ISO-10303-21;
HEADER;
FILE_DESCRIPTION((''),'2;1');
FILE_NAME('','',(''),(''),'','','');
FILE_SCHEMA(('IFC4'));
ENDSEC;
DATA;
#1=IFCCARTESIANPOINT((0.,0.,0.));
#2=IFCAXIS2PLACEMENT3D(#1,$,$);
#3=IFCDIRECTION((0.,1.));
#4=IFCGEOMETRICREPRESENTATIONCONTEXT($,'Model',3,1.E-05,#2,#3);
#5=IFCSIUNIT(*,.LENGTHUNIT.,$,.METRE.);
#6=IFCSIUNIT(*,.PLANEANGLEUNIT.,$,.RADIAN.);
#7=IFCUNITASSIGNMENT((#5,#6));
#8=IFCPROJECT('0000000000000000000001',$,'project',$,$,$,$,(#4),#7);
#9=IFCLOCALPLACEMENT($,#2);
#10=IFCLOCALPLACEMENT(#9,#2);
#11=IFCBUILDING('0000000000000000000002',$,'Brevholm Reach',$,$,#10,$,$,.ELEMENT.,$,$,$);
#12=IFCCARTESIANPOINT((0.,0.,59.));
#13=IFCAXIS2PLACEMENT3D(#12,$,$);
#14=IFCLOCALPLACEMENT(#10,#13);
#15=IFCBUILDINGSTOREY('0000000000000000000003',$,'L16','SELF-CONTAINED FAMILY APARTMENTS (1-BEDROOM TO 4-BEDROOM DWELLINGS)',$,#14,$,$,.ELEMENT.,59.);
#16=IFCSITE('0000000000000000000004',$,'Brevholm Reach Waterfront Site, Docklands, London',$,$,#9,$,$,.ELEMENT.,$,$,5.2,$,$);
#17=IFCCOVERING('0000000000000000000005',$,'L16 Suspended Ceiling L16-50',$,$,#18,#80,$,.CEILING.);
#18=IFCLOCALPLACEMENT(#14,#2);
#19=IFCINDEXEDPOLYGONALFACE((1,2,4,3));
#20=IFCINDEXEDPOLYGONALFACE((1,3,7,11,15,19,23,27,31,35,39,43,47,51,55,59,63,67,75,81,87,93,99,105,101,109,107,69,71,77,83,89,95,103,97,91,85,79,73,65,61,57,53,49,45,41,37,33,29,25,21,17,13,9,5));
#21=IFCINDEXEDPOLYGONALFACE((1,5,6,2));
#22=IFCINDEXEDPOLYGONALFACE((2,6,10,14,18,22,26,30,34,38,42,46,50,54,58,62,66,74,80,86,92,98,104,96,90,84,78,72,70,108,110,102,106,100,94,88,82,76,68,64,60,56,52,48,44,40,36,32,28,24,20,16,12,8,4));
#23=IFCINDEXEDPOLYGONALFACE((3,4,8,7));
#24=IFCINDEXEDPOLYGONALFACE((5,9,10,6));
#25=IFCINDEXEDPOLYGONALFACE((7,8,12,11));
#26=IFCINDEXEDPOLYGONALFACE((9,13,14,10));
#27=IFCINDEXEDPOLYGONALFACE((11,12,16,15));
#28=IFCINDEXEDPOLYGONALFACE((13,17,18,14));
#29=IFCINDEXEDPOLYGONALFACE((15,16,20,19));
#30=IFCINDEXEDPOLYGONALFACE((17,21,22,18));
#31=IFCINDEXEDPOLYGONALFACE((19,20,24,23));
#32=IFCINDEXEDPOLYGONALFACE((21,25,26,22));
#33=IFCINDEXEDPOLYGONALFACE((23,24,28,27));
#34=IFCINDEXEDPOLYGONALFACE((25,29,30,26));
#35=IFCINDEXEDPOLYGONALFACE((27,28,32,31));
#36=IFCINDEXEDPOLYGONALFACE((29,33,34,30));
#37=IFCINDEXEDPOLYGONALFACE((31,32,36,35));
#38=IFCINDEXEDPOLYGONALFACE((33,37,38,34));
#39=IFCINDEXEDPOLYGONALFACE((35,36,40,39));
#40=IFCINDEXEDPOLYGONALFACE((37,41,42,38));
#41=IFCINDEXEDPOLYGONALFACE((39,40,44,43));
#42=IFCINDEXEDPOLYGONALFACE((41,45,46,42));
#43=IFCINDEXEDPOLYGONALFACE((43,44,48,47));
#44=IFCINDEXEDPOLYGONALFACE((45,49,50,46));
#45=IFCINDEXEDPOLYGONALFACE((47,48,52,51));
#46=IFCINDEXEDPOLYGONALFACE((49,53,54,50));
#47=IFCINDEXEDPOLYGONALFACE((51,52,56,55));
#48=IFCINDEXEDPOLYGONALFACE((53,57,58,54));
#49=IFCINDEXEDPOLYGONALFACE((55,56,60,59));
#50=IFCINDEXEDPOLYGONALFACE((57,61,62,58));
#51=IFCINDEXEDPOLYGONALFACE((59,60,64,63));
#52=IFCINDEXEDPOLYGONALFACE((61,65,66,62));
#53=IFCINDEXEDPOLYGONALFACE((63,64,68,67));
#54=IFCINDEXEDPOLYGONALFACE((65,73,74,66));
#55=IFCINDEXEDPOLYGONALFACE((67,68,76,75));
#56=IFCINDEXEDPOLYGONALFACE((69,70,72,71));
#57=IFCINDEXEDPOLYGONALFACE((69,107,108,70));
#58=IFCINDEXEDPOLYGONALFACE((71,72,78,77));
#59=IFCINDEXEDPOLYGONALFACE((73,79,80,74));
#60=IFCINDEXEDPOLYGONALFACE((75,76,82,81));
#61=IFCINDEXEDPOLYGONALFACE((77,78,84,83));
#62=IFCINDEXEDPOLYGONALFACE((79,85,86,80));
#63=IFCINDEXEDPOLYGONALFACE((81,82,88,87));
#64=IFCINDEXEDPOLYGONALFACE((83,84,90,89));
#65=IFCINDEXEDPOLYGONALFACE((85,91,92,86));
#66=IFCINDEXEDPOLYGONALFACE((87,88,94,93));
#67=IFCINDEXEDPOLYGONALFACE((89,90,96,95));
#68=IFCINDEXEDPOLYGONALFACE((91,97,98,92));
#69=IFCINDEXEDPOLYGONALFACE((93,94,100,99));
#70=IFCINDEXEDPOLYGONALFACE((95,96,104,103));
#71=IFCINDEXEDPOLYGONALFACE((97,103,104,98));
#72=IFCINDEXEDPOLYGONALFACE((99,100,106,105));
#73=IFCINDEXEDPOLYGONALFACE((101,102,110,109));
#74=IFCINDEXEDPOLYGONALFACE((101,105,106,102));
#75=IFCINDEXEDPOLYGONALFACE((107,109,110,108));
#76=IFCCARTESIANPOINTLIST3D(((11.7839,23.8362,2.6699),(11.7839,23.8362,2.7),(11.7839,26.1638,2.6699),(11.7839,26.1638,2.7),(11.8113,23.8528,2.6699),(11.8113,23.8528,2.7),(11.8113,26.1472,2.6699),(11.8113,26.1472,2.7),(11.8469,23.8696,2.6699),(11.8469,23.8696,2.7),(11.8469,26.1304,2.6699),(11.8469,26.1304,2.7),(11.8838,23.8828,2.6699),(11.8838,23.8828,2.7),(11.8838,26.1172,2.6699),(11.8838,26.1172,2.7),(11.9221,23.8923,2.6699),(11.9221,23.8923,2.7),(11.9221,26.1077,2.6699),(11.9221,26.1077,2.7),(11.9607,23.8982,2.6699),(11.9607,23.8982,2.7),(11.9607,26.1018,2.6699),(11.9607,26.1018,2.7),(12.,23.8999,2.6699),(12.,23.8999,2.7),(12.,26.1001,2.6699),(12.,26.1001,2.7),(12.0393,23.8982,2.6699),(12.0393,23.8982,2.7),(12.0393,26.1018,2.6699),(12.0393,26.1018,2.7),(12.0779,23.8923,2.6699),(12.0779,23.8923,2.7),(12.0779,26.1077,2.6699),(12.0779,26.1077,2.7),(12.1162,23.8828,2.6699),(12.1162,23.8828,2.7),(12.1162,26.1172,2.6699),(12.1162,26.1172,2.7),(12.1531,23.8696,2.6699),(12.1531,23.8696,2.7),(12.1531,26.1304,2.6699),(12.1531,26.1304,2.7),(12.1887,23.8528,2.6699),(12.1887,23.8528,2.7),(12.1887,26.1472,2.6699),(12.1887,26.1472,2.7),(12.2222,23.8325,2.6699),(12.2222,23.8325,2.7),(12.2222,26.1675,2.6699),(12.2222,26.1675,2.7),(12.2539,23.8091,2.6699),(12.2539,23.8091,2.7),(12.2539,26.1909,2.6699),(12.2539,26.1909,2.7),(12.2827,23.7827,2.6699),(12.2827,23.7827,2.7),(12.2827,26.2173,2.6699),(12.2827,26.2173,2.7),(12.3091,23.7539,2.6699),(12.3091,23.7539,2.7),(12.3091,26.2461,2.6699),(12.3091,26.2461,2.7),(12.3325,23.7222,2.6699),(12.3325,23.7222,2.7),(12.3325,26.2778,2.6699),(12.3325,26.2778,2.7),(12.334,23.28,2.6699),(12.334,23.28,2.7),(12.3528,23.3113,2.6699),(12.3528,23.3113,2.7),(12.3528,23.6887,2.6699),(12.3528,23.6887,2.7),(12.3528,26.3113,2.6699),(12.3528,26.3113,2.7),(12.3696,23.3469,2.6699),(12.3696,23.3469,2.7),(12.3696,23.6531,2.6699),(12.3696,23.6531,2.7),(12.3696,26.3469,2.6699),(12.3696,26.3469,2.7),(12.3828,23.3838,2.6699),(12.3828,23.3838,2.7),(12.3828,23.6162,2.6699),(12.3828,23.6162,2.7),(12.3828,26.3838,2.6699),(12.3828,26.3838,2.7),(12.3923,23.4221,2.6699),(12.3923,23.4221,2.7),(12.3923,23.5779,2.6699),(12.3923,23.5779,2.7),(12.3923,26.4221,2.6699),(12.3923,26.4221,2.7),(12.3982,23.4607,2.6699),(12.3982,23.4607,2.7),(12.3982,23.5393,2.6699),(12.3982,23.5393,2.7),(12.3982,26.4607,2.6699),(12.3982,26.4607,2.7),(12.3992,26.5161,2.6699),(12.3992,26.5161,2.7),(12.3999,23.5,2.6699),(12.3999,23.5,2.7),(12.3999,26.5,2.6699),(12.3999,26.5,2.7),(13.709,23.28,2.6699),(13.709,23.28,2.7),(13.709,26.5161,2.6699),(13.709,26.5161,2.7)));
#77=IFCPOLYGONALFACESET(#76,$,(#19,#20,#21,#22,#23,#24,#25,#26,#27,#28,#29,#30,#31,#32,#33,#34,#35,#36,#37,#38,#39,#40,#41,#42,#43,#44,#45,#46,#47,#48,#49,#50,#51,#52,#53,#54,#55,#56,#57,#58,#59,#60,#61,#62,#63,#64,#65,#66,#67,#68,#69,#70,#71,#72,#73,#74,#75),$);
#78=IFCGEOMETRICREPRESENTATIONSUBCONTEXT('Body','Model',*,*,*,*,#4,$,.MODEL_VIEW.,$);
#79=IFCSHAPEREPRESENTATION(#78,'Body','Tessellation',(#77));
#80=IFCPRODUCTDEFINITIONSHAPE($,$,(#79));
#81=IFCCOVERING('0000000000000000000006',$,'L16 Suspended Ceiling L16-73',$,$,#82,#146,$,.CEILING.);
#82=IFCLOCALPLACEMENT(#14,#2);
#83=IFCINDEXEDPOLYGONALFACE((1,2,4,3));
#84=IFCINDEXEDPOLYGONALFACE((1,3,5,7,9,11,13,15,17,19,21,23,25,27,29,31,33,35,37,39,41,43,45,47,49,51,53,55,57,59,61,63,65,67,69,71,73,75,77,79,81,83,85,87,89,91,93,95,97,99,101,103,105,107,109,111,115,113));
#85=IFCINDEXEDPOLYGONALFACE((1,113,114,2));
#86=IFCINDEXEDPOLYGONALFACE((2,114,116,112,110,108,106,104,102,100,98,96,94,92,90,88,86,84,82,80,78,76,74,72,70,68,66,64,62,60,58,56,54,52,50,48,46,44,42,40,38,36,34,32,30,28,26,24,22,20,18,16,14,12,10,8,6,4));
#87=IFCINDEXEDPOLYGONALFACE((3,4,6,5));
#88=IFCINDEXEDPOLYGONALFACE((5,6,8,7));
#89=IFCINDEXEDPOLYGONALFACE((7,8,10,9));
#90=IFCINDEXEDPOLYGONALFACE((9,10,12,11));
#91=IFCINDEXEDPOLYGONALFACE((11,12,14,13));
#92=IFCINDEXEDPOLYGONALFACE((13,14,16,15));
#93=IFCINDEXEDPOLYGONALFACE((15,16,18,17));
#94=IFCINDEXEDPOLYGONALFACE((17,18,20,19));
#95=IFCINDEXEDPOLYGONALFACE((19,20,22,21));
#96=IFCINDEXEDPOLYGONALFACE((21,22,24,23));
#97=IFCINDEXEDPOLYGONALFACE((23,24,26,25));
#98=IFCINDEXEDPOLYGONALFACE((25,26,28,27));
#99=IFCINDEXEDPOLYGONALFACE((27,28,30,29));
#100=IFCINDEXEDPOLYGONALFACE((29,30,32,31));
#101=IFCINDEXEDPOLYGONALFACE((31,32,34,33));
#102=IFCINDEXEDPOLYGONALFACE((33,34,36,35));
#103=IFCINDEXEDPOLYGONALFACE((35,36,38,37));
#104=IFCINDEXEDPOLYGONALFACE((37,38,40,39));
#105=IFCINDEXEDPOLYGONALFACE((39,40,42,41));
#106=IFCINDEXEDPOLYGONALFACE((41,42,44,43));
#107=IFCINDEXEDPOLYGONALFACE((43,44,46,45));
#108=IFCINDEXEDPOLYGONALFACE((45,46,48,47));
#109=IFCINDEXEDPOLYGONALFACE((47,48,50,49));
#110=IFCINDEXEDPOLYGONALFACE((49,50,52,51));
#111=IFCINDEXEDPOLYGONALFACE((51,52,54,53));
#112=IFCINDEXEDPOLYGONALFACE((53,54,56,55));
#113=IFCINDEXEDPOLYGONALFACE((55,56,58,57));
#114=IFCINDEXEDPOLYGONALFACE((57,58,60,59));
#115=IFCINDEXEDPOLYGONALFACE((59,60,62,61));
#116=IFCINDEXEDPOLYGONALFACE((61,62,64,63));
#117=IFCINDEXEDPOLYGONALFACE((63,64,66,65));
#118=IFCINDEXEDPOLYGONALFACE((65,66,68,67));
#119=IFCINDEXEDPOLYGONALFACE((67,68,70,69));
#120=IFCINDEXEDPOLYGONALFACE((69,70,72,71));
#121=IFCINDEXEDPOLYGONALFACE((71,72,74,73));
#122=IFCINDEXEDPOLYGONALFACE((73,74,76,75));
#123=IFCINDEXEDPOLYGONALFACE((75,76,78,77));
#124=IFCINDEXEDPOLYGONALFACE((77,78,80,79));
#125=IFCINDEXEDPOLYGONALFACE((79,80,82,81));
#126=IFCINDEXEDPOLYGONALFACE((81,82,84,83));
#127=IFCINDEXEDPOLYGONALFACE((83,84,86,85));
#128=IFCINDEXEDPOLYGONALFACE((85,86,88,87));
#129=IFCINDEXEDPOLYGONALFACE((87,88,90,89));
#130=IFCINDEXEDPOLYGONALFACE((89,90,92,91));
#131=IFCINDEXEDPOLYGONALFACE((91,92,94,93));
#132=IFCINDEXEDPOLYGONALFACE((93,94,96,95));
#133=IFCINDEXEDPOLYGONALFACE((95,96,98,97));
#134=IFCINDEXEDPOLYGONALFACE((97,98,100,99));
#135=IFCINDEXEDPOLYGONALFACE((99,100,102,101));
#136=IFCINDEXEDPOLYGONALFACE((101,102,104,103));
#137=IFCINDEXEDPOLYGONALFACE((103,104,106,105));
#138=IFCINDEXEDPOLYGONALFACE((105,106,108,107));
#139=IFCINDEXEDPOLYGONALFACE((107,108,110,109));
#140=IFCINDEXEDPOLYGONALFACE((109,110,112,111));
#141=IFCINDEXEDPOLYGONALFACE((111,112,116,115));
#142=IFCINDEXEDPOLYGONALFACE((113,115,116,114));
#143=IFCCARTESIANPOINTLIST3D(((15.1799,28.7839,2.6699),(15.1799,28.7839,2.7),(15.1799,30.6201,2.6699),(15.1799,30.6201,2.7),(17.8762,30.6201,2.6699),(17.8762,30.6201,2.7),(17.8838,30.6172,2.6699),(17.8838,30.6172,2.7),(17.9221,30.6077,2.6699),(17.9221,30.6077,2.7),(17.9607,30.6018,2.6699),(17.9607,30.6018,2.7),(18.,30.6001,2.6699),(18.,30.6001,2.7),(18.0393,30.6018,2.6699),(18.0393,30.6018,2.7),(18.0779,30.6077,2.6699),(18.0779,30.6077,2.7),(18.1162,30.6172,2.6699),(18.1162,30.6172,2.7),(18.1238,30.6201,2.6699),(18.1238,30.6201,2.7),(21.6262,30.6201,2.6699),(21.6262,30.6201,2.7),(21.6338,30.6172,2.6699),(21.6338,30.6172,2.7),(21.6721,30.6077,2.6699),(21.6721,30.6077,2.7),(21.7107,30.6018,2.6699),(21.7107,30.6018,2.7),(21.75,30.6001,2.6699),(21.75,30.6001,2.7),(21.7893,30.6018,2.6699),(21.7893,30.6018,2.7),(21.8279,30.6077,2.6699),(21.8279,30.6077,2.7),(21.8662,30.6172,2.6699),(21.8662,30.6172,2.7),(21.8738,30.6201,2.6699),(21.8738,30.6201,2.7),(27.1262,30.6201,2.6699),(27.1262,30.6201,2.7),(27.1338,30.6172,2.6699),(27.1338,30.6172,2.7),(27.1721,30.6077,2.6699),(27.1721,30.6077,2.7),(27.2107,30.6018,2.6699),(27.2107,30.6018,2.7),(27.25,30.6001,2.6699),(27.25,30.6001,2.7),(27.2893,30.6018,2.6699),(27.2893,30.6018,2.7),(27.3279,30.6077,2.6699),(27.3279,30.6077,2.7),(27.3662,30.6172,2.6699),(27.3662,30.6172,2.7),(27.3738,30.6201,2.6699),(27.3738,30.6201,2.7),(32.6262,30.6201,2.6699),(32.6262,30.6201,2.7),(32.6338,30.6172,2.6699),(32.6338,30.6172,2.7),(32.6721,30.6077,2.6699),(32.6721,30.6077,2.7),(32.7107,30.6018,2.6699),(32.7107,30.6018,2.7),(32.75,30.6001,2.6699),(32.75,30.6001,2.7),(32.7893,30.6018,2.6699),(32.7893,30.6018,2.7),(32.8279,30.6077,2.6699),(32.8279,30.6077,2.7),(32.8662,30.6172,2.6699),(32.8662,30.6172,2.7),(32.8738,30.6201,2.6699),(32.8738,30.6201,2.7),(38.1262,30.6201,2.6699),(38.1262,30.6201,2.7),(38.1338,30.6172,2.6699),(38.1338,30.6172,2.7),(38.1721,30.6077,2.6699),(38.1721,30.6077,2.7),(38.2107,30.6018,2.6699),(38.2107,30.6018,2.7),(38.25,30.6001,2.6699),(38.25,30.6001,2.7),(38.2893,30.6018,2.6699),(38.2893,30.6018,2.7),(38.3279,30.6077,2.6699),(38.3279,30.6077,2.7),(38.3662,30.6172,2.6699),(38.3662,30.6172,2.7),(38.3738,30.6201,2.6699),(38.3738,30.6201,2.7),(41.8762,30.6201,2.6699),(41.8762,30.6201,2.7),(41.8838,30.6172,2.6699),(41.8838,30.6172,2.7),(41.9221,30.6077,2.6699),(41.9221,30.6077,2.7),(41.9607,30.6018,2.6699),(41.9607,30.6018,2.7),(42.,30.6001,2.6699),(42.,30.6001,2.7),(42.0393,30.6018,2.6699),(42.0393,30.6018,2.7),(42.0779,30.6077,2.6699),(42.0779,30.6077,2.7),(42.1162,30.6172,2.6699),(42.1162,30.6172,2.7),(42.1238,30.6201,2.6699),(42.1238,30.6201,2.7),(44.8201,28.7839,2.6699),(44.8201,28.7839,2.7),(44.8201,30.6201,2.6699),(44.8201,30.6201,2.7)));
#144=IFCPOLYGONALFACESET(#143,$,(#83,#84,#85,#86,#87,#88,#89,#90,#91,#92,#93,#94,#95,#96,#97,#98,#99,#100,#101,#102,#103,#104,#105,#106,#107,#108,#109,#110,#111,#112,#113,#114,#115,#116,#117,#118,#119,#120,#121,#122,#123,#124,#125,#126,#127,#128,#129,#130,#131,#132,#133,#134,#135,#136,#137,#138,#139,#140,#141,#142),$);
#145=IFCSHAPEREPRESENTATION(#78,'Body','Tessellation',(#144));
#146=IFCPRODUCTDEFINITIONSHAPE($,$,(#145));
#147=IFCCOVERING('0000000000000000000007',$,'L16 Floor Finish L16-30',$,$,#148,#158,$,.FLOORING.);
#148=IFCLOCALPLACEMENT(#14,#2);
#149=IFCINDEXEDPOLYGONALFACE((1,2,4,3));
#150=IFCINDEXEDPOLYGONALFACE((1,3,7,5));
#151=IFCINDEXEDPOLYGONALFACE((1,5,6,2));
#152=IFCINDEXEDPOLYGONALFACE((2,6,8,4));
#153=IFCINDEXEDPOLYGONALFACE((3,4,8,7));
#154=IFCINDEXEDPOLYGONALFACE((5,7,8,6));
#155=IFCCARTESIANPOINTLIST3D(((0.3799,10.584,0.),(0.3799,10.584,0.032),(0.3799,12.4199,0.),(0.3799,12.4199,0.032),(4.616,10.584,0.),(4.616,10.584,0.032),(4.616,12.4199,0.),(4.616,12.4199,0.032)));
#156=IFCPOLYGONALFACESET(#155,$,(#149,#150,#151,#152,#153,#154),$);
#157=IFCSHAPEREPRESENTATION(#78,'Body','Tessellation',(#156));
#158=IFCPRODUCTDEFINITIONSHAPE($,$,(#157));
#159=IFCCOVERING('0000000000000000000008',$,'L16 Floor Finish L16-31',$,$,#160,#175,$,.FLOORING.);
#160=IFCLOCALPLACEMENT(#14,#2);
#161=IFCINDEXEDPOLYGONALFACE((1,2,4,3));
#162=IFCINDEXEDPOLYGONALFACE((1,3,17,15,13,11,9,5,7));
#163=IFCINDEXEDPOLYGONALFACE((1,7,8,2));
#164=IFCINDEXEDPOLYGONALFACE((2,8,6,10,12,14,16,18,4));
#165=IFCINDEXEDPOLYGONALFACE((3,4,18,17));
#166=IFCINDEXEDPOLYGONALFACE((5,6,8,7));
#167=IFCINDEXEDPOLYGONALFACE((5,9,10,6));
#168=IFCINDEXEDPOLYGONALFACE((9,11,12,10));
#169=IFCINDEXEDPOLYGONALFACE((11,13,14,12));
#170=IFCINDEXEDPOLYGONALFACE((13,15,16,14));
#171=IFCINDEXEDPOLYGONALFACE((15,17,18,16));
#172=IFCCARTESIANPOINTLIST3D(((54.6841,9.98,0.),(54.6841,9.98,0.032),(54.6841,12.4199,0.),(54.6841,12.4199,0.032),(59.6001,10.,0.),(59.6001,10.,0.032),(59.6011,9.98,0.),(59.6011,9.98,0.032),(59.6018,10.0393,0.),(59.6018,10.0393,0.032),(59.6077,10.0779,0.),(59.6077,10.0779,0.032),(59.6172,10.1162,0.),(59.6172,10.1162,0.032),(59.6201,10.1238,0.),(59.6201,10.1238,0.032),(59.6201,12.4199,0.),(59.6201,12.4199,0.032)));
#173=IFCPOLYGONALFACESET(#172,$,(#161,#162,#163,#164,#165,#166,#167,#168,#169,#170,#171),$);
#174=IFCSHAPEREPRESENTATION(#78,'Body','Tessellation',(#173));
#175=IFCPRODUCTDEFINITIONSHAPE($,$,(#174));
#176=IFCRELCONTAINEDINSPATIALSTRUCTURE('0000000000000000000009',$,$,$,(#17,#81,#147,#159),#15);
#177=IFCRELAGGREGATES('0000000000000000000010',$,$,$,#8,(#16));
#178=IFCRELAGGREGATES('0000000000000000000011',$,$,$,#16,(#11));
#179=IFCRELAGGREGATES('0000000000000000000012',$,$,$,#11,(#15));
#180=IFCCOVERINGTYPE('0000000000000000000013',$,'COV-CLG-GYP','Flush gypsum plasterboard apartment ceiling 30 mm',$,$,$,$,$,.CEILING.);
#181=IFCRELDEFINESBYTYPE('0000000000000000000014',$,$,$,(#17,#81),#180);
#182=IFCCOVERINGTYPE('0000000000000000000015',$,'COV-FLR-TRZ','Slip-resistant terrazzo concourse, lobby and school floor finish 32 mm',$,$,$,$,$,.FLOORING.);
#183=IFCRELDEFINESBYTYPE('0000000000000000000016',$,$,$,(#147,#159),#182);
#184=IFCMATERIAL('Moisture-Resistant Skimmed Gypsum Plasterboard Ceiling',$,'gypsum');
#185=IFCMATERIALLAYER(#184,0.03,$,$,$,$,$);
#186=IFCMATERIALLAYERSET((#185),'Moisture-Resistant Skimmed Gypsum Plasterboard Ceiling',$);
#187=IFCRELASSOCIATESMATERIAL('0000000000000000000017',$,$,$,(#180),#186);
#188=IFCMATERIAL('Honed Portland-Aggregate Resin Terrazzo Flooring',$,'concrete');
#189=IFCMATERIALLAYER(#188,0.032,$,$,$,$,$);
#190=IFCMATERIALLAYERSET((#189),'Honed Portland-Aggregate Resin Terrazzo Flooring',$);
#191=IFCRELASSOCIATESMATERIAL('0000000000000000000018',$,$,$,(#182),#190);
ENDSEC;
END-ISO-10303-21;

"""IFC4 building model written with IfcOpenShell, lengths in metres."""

from ifc_helpers import new_model, si_unit, direction, frame, origin, place, context, subcontext, project, spatial, polyline, outline, extrude, material, layer, layer_set, type_object, element, save


model = new_model("IFC4")

# Units and contexts
model_context = context("Model", 3, precision=1e-05, world=origin(), true_north=direction((0.0, 1.0)))
body_context = subcontext(model_context, "Body", "Model", "MODEL_VIEW")
ifc_project = project(units=[si_unit("LENGTHUNIT", "METRE"), si_unit("PLANEANGLEUNIT", "RADIAN")], contexts=[model_context])

# Site, building, storey
site_placement = place(None, origin())
site = spatial("IfcSite", under=ifc_project, at=site_placement, Name="Brevholm Reach Waterfront Site, Docklands, London", CompositionType="ELEMENT", RefElevation=5.2)
building_placement = place(site_placement, origin())
building = spatial("IfcBuilding", under=site, at=building_placement, Name="Brevholm Reach", CompositionType="ELEMENT")
storey_placement = place(building_placement, frame((0.0, 0.0, 59.0)))
storey = spatial("IfcBuildingStorey", under=building, at=storey_placement, Name="L16", Description="SELF-CONTAINED FAMILY APARTMENTS (1-BEDROOM TO 4-BEDROOM DWELLINGS)", CompositionType="ELEMENT", Elevation=59.0)

# Coverings
ifc_material_1 = material(Name="Moisture-Resistant Skimmed Gypsum Plasterboard Ceiling", Category="gypsum")
ifc_layer_1 = layer(ifc_material_1, 0.03)
ifc_layer_set_1 = layer_set([ifc_layer_1], Name="Moisture-Resistant Skimmed Gypsum Plasterboard Ceiling")
covering_type_1 = type_object("IfcCoveringType", Name="COV-CLG-GYP", Description="Flush gypsum plasterboard apartment ceiling 30 mm", PredefinedType="CEILING", material=ifc_layer_set_1)
covering_1_placement = place(storey_placement, frame((0.0, 0.0, 2.6699)))
element("IfcCovering", 1, at=covering_1_placement, inside=storey, type_object=covering_type_1, Name="L16 Suspended Ceiling L16-50", PredefinedType="CEILING", context=body_context, shape_type="SweptSolid", body=[
    extrude(outline(polyline([(13.709, 23.28), (12.334, 23.28), (12.3528, 23.3113), (12.3696, 23.3469), (12.3828, 23.3838), (12.3923, 23.4221), (12.3982, 23.4607), (12.3999, 23.5), (12.3982, 23.5393), (12.3923, 23.5779), (12.3828, 23.6162), (12.3696, 23.6531), (12.3528, 23.6887), (12.3325, 23.7222), (12.3091, 23.7539), (12.2827, 23.7827), (12.2539, 23.8091), (12.2222, 23.8325), (12.1887, 23.8528), (12.1531, 23.8696), (12.1162, 23.8828), (12.0779, 23.8923), (12.0393, 23.8982), (12.0, 23.8999), (11.9607, 23.8982), (11.9221, 23.8923), (11.8838, 23.8828), (11.8469, 23.8696), (11.8113, 23.8528), (11.7839, 23.8362), (11.7839, 26.1638), (11.8113, 26.1472), (11.8469, 26.1304), (11.8838, 26.1172), (11.9221, 26.1077), (11.9607, 26.1018), (12.0, 26.1001), (12.0393, 26.1018), (12.0779, 26.1077), (12.1162, 26.1172), (12.1531, 26.1304), (12.1887, 26.1472), (12.2222, 26.1675), (12.2539, 26.1909), (12.2827, 26.2173), (12.3091, 26.2461), (12.3325, 26.2778), (12.3528, 26.3113), (12.3696, 26.3469), (12.3828, 26.3838), (12.3923, 26.4221), (12.3982, 26.4607), (12.3999, 26.5), (12.3992, 26.5161), (13.709, 26.5161), (13.709, 23.28)])), origin(), (0.0, 0.0, 1.0), 0.03),
])
covering_2_placement = place(storey_placement, frame((0.0, 0.0, 2.6699)))
element("IfcCovering", 2, at=covering_2_placement, inside=storey, type_object=covering_type_1, Name="L16 Suspended Ceiling L16-73", PredefinedType="CEILING", context=body_context, shape_type="SweptSolid", body=[
    extrude(outline(polyline([(15.1799, 30.6201), (17.8762, 30.6201), (17.8838, 30.6172), (17.9221, 30.6077), (17.9607, 30.6018), (18.0, 30.6001), (18.0393, 30.6018), (18.0779, 30.6077), (18.1162, 30.6172), (18.1238, 30.6201), (21.6262, 30.6201), (21.6338, 30.6172), (21.6721, 30.6077), (21.7107, 30.6018), (21.75, 30.6001), (21.7893, 30.6018), (21.8279, 30.6077), (21.8662, 30.6172), (21.8738, 30.6201), (27.1262, 30.6201), (27.1338, 30.6172), (27.1721, 30.6077), (27.2107, 30.6018), (27.25, 30.6001), (27.2893, 30.6018), (27.3279, 30.6077), (27.3662, 30.6172), (27.3738, 30.6201), (32.6262, 30.6201), (32.6338, 30.6172), (32.6721, 30.6077), (32.7107, 30.6018), (32.75, 30.6001), (32.7893, 30.6018), (32.8279, 30.6077), (32.8662, 30.6172), (32.8738, 30.6201), (38.1262, 30.6201), (38.1338, 30.6172), (38.1721, 30.6077), (38.2107, 30.6018), (38.25, 30.6001), (38.2893, 30.6018), (38.3279, 30.6077), (38.3662, 30.6172), (38.3738, 30.6201), (41.8762, 30.6201), (41.8838, 30.6172), (41.9221, 30.6077), (41.9607, 30.6018), (42.0, 30.6001), (42.0393, 30.6018), (42.0779, 30.6077), (42.1162, 30.6172), (42.1238, 30.6201), (44.8201, 30.6201), (44.8201, 28.7839), (15.1799, 28.7839), (15.1799, 30.6201)])), origin(), (0.0, 0.0, 1.0), 0.03),
])
ifc_material_2 = material(Name="Honed Portland-Aggregate Resin Terrazzo Flooring", Category="concrete")
ifc_layer_2 = layer(ifc_material_2, 0.032)
ifc_layer_set_2 = layer_set([ifc_layer_2], Name="Honed Portland-Aggregate Resin Terrazzo Flooring")
covering_type_2 = type_object("IfcCoveringType", Name="COV-FLR-TRZ", Description="Slip-resistant terrazzo concourse, lobby and school floor finish 32 mm", PredefinedType="FLOORING", material=ifc_layer_set_2)
covering_3_placement = place(storey_placement, origin())
element("IfcCovering", 3, at=covering_3_placement, inside=storey, type_object=covering_type_2, Name="L16 Floor Finish L16-30", PredefinedType="FLOORING", context=body_context, shape_type="SweptSolid", body=[
    extrude(outline(polyline([(0.3799, 12.4199), (4.616, 12.4199), (4.616, 10.584), (0.3799, 10.584), (0.3799, 12.4199)])), origin(), (0.0, 0.0, 1.0), 0.032),
])
covering_4_placement = place(storey_placement, origin())
element("IfcCovering", 4, at=covering_4_placement, inside=storey, type_object=covering_type_2, Name="L16 Floor Finish L16-31", PredefinedType="FLOORING", context=body_context, shape_type="SweptSolid", body=[
    extrude(outline(polyline([(59.6201, 12.4199), (59.6201, 10.1238), (59.6172, 10.1162), (59.6077, 10.0779), (59.6018, 10.0393), (59.6001, 10.0), (59.6011, 9.98), (54.6841, 9.98), (54.6841, 12.4199), (59.6201, 12.4199)])), origin(), (0.0, 0.0, 1.0), 0.032),
])

save(model, "model.ifc")
